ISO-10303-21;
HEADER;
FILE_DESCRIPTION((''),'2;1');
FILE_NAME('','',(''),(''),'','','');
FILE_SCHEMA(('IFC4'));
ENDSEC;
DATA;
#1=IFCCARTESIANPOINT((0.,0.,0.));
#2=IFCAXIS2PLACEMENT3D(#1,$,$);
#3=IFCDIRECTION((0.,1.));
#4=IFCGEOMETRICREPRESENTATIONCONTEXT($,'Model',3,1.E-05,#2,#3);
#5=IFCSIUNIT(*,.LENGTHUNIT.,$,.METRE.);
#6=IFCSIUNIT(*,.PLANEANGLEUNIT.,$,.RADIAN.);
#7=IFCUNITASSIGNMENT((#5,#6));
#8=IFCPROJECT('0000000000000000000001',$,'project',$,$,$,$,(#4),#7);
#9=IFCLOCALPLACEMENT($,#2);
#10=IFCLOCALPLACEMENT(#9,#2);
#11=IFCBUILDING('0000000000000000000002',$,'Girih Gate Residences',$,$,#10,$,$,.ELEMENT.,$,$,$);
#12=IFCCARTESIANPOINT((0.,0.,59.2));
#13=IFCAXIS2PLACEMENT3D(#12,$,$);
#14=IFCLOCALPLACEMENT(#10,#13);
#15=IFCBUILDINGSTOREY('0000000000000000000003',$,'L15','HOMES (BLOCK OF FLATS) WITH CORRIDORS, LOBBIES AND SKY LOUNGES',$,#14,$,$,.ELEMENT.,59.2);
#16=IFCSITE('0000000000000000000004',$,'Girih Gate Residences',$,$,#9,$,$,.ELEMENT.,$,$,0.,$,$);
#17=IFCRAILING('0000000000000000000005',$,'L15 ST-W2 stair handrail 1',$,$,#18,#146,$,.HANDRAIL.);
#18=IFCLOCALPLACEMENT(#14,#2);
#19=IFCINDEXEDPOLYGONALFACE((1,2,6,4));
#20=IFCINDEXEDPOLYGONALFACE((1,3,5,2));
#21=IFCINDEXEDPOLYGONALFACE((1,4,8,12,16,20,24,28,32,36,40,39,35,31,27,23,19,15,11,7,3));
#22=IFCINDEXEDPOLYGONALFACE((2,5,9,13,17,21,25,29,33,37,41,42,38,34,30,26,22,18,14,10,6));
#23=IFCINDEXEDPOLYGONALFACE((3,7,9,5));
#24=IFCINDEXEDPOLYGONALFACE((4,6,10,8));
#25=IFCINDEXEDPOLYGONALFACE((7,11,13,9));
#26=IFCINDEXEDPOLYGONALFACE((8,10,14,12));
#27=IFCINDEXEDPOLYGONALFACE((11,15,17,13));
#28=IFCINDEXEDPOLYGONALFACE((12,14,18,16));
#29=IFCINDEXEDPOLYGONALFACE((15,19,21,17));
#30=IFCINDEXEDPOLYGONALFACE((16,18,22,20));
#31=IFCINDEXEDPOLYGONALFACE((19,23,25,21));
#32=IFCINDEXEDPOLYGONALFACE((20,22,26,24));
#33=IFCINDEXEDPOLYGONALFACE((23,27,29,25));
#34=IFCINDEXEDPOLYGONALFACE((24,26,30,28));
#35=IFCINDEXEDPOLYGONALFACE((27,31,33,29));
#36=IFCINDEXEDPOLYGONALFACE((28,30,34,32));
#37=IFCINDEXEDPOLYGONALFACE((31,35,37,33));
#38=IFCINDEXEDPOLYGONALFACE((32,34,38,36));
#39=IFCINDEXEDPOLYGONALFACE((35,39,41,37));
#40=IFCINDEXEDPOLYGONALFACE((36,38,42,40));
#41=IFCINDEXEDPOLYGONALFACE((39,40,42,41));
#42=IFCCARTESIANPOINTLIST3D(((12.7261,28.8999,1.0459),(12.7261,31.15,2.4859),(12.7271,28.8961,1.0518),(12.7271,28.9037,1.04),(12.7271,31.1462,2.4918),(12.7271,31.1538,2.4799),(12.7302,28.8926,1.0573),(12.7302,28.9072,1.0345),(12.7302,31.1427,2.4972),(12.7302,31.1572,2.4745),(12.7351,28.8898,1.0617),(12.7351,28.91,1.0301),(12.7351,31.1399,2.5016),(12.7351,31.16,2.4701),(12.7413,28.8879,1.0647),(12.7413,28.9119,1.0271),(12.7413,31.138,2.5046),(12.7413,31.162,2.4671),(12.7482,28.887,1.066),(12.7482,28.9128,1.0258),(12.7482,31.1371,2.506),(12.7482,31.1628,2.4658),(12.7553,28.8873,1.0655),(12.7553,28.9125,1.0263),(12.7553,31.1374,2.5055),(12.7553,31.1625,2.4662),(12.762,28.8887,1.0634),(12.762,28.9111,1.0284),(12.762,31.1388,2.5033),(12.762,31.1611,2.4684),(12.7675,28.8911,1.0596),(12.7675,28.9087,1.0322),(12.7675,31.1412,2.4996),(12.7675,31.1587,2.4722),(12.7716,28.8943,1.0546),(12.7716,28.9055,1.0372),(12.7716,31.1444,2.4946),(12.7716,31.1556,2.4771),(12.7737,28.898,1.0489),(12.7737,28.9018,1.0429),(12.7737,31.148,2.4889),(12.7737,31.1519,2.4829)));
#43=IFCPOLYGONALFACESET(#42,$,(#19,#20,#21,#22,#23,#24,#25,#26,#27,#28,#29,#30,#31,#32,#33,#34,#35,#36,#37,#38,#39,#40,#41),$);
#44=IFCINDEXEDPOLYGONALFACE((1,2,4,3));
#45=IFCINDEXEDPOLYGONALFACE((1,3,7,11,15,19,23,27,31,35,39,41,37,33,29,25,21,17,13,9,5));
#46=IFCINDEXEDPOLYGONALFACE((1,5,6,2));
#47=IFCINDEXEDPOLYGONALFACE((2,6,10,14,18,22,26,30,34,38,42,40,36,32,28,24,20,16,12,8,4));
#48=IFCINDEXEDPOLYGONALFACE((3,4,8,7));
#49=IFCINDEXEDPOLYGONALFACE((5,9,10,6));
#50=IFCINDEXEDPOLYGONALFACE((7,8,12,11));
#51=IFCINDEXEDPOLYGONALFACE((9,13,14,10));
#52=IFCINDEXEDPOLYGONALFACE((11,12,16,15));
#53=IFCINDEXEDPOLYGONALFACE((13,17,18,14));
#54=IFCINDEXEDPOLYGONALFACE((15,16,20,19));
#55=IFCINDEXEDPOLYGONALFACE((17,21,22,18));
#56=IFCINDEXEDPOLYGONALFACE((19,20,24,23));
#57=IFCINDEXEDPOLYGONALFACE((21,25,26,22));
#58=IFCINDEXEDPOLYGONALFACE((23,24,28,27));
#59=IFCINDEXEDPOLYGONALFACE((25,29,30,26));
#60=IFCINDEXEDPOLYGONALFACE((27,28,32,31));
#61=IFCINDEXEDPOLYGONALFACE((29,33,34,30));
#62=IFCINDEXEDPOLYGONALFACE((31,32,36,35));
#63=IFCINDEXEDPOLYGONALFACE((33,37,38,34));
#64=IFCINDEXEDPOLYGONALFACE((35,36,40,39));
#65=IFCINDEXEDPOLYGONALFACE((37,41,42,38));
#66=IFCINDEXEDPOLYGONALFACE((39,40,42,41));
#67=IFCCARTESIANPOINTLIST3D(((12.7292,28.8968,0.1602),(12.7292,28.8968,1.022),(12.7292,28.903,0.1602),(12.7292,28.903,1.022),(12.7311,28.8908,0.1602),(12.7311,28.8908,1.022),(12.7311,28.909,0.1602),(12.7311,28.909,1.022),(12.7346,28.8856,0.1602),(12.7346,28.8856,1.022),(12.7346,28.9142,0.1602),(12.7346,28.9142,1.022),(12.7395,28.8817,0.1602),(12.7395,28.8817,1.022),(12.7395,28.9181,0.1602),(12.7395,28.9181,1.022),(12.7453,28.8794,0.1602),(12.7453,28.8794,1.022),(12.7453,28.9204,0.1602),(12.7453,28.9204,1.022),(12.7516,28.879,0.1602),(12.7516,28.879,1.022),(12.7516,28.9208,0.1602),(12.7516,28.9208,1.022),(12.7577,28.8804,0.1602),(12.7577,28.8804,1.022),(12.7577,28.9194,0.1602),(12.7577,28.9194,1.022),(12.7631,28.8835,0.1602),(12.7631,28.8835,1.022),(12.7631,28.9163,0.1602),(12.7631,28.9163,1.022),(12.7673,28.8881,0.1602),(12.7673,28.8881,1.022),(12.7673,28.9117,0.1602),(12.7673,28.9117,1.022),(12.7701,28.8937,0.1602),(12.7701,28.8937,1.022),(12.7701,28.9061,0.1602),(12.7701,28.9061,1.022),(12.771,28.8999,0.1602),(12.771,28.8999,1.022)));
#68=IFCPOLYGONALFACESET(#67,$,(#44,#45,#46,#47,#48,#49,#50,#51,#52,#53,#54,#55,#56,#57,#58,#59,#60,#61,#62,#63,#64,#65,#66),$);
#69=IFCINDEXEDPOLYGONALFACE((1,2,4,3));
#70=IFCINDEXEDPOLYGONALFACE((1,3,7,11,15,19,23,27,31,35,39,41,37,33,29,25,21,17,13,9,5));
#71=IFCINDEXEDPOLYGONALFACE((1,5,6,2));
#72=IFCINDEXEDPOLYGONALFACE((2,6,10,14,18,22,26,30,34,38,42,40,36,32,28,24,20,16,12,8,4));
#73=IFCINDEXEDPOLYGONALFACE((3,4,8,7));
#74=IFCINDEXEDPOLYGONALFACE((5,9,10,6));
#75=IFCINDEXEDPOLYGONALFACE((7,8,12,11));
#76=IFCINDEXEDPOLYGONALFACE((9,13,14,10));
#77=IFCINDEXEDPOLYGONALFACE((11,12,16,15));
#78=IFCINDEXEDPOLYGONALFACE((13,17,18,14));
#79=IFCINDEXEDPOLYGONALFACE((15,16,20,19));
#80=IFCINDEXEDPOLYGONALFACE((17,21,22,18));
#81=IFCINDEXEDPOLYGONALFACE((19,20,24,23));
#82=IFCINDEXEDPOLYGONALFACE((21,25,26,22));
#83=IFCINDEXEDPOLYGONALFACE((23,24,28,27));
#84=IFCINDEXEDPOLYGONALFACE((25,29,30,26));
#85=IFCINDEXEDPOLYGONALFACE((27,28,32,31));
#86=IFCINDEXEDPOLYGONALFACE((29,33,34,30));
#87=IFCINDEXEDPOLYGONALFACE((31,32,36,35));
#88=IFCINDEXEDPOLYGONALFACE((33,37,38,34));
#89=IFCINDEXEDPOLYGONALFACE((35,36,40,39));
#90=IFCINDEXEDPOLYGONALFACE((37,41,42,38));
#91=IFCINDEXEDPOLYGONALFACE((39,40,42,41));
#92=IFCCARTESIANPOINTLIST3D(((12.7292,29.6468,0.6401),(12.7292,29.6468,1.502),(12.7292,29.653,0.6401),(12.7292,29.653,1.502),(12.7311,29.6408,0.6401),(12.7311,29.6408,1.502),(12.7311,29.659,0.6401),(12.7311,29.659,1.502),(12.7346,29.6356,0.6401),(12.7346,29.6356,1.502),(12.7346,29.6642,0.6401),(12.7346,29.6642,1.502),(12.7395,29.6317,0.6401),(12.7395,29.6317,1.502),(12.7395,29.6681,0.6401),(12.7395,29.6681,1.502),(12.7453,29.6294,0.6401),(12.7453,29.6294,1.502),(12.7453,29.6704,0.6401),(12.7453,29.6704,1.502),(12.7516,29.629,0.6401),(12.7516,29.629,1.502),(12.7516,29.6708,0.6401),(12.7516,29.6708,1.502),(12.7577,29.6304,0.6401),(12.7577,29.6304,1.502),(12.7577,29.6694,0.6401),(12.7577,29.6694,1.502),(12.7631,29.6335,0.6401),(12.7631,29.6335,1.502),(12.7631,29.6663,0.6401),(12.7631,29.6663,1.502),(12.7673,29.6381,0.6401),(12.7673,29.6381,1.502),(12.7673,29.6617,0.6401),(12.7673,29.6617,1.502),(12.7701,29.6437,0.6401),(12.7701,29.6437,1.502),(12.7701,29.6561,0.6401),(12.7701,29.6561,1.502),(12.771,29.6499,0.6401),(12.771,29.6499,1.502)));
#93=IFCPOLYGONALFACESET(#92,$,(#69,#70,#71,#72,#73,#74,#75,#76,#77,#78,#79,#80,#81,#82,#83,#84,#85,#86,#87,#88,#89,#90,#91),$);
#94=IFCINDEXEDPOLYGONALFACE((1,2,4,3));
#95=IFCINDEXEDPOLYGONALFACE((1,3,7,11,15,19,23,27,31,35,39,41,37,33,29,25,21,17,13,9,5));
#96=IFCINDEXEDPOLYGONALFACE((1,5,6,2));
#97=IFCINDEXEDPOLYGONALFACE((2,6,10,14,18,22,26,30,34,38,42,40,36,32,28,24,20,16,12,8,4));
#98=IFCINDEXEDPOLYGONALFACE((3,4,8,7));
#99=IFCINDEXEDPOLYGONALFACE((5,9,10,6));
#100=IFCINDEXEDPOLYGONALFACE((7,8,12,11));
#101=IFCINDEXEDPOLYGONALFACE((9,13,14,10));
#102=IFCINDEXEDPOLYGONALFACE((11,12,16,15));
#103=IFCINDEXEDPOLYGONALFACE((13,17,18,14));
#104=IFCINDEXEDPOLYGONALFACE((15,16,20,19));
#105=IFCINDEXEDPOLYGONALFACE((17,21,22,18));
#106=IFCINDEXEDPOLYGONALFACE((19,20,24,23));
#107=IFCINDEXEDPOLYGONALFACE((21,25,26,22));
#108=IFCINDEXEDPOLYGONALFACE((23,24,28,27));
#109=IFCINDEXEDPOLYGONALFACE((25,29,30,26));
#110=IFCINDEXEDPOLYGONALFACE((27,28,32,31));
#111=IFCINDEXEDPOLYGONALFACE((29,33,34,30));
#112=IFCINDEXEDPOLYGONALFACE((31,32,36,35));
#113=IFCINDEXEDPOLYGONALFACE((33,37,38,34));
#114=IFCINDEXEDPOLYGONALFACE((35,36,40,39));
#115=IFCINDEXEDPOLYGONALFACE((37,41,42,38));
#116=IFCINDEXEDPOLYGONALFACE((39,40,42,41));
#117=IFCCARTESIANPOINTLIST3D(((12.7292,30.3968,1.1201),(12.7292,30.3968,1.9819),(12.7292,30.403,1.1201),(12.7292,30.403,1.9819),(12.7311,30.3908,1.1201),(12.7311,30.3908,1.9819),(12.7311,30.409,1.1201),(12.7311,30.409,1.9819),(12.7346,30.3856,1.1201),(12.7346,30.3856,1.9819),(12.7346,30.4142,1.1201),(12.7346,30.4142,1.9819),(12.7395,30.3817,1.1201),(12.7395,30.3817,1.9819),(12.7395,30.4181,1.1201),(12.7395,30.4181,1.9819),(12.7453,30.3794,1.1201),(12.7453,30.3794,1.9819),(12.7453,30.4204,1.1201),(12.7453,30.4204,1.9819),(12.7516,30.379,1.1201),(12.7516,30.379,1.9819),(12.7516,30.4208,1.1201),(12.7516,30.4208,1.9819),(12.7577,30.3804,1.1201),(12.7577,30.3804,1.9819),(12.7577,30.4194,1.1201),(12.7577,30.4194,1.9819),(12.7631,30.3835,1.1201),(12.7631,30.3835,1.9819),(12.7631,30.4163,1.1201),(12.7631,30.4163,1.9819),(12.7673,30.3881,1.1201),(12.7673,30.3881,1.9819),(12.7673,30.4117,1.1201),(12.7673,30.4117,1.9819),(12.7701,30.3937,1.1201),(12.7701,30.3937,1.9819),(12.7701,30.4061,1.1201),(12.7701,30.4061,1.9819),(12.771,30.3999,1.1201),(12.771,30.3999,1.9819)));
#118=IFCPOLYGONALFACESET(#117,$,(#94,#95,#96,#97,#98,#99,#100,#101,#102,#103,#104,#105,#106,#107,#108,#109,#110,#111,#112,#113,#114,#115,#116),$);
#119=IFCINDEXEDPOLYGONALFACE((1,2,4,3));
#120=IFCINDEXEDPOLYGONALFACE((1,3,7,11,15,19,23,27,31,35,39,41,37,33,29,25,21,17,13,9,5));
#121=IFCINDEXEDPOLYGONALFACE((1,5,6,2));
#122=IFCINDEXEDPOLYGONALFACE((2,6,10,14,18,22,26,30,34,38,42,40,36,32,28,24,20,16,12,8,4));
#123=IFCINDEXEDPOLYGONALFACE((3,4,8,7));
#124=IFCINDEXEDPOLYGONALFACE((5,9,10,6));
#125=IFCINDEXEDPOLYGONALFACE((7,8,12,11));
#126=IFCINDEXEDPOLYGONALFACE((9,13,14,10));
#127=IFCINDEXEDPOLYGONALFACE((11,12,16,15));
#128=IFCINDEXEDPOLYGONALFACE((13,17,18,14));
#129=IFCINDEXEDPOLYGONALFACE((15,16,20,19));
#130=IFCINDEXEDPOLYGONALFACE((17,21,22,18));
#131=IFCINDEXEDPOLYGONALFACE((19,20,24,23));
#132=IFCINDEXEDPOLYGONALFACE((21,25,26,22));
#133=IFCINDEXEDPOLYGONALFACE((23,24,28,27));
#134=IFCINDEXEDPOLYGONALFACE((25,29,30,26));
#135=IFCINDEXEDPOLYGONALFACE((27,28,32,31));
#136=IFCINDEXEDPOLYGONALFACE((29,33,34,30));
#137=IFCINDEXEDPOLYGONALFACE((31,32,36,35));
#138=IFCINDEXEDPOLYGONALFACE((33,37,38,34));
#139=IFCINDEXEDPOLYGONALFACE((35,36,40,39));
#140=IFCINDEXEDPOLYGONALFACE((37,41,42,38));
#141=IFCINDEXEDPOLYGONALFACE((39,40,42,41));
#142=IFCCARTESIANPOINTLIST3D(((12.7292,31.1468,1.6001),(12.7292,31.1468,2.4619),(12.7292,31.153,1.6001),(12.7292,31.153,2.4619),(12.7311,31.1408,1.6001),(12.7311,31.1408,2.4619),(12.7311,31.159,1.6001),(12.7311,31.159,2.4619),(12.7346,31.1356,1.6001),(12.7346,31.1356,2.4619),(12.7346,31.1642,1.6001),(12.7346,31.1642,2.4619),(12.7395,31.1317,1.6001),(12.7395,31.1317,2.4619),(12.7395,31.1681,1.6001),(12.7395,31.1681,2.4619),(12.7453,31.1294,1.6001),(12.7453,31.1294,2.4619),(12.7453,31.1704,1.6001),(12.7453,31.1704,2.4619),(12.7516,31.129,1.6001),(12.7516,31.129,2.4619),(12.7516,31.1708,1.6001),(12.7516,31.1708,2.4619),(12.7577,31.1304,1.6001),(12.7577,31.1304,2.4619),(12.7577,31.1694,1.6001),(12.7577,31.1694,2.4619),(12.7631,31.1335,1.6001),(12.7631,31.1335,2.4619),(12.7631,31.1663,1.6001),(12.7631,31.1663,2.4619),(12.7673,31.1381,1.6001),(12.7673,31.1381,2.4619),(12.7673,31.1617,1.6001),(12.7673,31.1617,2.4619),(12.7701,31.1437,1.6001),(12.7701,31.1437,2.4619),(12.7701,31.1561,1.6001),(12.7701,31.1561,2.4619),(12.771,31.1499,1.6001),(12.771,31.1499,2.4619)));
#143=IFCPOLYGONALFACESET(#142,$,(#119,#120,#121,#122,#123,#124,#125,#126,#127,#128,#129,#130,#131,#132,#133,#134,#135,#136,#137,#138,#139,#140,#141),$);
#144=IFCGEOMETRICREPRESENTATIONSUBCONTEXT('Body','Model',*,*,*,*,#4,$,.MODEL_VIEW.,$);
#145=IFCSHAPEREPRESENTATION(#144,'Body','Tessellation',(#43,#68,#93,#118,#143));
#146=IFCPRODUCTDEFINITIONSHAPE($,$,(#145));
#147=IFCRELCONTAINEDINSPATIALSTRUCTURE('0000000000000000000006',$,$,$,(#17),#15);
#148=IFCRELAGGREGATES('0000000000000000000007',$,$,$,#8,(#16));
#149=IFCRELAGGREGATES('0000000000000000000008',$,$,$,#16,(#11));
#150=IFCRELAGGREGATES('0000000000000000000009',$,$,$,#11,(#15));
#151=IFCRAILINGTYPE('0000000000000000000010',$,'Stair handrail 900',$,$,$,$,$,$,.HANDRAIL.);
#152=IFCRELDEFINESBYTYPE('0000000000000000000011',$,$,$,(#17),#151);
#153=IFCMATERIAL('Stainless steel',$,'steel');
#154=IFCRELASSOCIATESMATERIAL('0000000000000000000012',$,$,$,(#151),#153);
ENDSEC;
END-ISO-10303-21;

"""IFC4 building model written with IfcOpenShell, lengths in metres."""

from ifc_helpers import new_model, si_unit, direction, frame, origin, origin_2d, place, context, subcontext, project, spatial, circle, extrude, material, type_object, element, save


model = new_model("IFC4")

# Units and contexts
model_context = context("Model", 3, precision=1e-05, world=origin(), true_north=direction((0.0, 1.0)))
body_context = subcontext(model_context, "Body", "Model", "MODEL_VIEW")
ifc_project = project(units=[si_unit("LENGTHUNIT", "METRE"), si_unit("PLANEANGLEUNIT", "RADIAN")], contexts=[model_context])

# Site, building, storey
site_placement = place(None, origin())
site = spatial("IfcSite", under=ifc_project, at=site_placement, Name="Girih Gate Residences", CompositionType="ELEMENT", RefElevation=0.0)
building_placement = place(site_placement, origin())
building = spatial("IfcBuilding", under=site, at=building_placement, Name="Girih Gate Residences", CompositionType="ELEMENT")
storey_placement = place(building_placement, frame((0.0, 0.0, 59.2)))
storey = spatial("IfcBuildingStorey", under=building, at=storey_placement, Name="L15", Description="HOMES (BLOCK OF FLATS) WITH CORRIDORS, LOBBIES AND SKY LOUNGES", CompositionType="ELEMENT", Elevation=59.2)

# Railing
ifc_material_1 = material(Name="Stainless steel", Category="steel")
railing_type_1 = type_object("IfcRailingType", Name="Stair handrail 900", PredefinedType="HANDRAIL", material=ifc_material_1)
railing_1_placement = place(storey_placement, frame((12.75, 28.8999, 0.1602)))
element("IfcRailing", 1, at=railing_1_placement, inside=storey, type_object=railing_type_1, Name="L15 ST-W2 stair handrail 1", PredefinedType="HANDRAIL", context=body_context, shape_type="SweptSolid", body=[
    extrude(circle(Radius=0.0239, at=origin_2d()), frame((0.0, 0.0, 0.8857), z_axis=(0.0, 0.842281, 0.539038), x_axis=(-1.0, 0.0, 0.0)), (0.0, 0.0, 1.0), 2.6714),
    extrude(circle(Radius=0.021, at=origin_2d()), origin(), (0.0, 0.0, 1.0), 0.8618),
    extrude(circle(Radius=0.021, at=origin_2d()), frame((0.0, 0.75, 0.48)), (0.0, 0.0, 1.0), 0.8618),
    extrude(circle(Radius=0.021, at=origin_2d()), frame((0.0, 1.5, 0.96)), (0.0, 0.0, 1.0), 0.8618),
    extrude(circle(Radius=0.021, at=origin_2d()), frame((0.0, 2.25, 1.4399)), (0.0, 0.0, 1.0), 0.8618),
])

save(model, "model.ifc")
